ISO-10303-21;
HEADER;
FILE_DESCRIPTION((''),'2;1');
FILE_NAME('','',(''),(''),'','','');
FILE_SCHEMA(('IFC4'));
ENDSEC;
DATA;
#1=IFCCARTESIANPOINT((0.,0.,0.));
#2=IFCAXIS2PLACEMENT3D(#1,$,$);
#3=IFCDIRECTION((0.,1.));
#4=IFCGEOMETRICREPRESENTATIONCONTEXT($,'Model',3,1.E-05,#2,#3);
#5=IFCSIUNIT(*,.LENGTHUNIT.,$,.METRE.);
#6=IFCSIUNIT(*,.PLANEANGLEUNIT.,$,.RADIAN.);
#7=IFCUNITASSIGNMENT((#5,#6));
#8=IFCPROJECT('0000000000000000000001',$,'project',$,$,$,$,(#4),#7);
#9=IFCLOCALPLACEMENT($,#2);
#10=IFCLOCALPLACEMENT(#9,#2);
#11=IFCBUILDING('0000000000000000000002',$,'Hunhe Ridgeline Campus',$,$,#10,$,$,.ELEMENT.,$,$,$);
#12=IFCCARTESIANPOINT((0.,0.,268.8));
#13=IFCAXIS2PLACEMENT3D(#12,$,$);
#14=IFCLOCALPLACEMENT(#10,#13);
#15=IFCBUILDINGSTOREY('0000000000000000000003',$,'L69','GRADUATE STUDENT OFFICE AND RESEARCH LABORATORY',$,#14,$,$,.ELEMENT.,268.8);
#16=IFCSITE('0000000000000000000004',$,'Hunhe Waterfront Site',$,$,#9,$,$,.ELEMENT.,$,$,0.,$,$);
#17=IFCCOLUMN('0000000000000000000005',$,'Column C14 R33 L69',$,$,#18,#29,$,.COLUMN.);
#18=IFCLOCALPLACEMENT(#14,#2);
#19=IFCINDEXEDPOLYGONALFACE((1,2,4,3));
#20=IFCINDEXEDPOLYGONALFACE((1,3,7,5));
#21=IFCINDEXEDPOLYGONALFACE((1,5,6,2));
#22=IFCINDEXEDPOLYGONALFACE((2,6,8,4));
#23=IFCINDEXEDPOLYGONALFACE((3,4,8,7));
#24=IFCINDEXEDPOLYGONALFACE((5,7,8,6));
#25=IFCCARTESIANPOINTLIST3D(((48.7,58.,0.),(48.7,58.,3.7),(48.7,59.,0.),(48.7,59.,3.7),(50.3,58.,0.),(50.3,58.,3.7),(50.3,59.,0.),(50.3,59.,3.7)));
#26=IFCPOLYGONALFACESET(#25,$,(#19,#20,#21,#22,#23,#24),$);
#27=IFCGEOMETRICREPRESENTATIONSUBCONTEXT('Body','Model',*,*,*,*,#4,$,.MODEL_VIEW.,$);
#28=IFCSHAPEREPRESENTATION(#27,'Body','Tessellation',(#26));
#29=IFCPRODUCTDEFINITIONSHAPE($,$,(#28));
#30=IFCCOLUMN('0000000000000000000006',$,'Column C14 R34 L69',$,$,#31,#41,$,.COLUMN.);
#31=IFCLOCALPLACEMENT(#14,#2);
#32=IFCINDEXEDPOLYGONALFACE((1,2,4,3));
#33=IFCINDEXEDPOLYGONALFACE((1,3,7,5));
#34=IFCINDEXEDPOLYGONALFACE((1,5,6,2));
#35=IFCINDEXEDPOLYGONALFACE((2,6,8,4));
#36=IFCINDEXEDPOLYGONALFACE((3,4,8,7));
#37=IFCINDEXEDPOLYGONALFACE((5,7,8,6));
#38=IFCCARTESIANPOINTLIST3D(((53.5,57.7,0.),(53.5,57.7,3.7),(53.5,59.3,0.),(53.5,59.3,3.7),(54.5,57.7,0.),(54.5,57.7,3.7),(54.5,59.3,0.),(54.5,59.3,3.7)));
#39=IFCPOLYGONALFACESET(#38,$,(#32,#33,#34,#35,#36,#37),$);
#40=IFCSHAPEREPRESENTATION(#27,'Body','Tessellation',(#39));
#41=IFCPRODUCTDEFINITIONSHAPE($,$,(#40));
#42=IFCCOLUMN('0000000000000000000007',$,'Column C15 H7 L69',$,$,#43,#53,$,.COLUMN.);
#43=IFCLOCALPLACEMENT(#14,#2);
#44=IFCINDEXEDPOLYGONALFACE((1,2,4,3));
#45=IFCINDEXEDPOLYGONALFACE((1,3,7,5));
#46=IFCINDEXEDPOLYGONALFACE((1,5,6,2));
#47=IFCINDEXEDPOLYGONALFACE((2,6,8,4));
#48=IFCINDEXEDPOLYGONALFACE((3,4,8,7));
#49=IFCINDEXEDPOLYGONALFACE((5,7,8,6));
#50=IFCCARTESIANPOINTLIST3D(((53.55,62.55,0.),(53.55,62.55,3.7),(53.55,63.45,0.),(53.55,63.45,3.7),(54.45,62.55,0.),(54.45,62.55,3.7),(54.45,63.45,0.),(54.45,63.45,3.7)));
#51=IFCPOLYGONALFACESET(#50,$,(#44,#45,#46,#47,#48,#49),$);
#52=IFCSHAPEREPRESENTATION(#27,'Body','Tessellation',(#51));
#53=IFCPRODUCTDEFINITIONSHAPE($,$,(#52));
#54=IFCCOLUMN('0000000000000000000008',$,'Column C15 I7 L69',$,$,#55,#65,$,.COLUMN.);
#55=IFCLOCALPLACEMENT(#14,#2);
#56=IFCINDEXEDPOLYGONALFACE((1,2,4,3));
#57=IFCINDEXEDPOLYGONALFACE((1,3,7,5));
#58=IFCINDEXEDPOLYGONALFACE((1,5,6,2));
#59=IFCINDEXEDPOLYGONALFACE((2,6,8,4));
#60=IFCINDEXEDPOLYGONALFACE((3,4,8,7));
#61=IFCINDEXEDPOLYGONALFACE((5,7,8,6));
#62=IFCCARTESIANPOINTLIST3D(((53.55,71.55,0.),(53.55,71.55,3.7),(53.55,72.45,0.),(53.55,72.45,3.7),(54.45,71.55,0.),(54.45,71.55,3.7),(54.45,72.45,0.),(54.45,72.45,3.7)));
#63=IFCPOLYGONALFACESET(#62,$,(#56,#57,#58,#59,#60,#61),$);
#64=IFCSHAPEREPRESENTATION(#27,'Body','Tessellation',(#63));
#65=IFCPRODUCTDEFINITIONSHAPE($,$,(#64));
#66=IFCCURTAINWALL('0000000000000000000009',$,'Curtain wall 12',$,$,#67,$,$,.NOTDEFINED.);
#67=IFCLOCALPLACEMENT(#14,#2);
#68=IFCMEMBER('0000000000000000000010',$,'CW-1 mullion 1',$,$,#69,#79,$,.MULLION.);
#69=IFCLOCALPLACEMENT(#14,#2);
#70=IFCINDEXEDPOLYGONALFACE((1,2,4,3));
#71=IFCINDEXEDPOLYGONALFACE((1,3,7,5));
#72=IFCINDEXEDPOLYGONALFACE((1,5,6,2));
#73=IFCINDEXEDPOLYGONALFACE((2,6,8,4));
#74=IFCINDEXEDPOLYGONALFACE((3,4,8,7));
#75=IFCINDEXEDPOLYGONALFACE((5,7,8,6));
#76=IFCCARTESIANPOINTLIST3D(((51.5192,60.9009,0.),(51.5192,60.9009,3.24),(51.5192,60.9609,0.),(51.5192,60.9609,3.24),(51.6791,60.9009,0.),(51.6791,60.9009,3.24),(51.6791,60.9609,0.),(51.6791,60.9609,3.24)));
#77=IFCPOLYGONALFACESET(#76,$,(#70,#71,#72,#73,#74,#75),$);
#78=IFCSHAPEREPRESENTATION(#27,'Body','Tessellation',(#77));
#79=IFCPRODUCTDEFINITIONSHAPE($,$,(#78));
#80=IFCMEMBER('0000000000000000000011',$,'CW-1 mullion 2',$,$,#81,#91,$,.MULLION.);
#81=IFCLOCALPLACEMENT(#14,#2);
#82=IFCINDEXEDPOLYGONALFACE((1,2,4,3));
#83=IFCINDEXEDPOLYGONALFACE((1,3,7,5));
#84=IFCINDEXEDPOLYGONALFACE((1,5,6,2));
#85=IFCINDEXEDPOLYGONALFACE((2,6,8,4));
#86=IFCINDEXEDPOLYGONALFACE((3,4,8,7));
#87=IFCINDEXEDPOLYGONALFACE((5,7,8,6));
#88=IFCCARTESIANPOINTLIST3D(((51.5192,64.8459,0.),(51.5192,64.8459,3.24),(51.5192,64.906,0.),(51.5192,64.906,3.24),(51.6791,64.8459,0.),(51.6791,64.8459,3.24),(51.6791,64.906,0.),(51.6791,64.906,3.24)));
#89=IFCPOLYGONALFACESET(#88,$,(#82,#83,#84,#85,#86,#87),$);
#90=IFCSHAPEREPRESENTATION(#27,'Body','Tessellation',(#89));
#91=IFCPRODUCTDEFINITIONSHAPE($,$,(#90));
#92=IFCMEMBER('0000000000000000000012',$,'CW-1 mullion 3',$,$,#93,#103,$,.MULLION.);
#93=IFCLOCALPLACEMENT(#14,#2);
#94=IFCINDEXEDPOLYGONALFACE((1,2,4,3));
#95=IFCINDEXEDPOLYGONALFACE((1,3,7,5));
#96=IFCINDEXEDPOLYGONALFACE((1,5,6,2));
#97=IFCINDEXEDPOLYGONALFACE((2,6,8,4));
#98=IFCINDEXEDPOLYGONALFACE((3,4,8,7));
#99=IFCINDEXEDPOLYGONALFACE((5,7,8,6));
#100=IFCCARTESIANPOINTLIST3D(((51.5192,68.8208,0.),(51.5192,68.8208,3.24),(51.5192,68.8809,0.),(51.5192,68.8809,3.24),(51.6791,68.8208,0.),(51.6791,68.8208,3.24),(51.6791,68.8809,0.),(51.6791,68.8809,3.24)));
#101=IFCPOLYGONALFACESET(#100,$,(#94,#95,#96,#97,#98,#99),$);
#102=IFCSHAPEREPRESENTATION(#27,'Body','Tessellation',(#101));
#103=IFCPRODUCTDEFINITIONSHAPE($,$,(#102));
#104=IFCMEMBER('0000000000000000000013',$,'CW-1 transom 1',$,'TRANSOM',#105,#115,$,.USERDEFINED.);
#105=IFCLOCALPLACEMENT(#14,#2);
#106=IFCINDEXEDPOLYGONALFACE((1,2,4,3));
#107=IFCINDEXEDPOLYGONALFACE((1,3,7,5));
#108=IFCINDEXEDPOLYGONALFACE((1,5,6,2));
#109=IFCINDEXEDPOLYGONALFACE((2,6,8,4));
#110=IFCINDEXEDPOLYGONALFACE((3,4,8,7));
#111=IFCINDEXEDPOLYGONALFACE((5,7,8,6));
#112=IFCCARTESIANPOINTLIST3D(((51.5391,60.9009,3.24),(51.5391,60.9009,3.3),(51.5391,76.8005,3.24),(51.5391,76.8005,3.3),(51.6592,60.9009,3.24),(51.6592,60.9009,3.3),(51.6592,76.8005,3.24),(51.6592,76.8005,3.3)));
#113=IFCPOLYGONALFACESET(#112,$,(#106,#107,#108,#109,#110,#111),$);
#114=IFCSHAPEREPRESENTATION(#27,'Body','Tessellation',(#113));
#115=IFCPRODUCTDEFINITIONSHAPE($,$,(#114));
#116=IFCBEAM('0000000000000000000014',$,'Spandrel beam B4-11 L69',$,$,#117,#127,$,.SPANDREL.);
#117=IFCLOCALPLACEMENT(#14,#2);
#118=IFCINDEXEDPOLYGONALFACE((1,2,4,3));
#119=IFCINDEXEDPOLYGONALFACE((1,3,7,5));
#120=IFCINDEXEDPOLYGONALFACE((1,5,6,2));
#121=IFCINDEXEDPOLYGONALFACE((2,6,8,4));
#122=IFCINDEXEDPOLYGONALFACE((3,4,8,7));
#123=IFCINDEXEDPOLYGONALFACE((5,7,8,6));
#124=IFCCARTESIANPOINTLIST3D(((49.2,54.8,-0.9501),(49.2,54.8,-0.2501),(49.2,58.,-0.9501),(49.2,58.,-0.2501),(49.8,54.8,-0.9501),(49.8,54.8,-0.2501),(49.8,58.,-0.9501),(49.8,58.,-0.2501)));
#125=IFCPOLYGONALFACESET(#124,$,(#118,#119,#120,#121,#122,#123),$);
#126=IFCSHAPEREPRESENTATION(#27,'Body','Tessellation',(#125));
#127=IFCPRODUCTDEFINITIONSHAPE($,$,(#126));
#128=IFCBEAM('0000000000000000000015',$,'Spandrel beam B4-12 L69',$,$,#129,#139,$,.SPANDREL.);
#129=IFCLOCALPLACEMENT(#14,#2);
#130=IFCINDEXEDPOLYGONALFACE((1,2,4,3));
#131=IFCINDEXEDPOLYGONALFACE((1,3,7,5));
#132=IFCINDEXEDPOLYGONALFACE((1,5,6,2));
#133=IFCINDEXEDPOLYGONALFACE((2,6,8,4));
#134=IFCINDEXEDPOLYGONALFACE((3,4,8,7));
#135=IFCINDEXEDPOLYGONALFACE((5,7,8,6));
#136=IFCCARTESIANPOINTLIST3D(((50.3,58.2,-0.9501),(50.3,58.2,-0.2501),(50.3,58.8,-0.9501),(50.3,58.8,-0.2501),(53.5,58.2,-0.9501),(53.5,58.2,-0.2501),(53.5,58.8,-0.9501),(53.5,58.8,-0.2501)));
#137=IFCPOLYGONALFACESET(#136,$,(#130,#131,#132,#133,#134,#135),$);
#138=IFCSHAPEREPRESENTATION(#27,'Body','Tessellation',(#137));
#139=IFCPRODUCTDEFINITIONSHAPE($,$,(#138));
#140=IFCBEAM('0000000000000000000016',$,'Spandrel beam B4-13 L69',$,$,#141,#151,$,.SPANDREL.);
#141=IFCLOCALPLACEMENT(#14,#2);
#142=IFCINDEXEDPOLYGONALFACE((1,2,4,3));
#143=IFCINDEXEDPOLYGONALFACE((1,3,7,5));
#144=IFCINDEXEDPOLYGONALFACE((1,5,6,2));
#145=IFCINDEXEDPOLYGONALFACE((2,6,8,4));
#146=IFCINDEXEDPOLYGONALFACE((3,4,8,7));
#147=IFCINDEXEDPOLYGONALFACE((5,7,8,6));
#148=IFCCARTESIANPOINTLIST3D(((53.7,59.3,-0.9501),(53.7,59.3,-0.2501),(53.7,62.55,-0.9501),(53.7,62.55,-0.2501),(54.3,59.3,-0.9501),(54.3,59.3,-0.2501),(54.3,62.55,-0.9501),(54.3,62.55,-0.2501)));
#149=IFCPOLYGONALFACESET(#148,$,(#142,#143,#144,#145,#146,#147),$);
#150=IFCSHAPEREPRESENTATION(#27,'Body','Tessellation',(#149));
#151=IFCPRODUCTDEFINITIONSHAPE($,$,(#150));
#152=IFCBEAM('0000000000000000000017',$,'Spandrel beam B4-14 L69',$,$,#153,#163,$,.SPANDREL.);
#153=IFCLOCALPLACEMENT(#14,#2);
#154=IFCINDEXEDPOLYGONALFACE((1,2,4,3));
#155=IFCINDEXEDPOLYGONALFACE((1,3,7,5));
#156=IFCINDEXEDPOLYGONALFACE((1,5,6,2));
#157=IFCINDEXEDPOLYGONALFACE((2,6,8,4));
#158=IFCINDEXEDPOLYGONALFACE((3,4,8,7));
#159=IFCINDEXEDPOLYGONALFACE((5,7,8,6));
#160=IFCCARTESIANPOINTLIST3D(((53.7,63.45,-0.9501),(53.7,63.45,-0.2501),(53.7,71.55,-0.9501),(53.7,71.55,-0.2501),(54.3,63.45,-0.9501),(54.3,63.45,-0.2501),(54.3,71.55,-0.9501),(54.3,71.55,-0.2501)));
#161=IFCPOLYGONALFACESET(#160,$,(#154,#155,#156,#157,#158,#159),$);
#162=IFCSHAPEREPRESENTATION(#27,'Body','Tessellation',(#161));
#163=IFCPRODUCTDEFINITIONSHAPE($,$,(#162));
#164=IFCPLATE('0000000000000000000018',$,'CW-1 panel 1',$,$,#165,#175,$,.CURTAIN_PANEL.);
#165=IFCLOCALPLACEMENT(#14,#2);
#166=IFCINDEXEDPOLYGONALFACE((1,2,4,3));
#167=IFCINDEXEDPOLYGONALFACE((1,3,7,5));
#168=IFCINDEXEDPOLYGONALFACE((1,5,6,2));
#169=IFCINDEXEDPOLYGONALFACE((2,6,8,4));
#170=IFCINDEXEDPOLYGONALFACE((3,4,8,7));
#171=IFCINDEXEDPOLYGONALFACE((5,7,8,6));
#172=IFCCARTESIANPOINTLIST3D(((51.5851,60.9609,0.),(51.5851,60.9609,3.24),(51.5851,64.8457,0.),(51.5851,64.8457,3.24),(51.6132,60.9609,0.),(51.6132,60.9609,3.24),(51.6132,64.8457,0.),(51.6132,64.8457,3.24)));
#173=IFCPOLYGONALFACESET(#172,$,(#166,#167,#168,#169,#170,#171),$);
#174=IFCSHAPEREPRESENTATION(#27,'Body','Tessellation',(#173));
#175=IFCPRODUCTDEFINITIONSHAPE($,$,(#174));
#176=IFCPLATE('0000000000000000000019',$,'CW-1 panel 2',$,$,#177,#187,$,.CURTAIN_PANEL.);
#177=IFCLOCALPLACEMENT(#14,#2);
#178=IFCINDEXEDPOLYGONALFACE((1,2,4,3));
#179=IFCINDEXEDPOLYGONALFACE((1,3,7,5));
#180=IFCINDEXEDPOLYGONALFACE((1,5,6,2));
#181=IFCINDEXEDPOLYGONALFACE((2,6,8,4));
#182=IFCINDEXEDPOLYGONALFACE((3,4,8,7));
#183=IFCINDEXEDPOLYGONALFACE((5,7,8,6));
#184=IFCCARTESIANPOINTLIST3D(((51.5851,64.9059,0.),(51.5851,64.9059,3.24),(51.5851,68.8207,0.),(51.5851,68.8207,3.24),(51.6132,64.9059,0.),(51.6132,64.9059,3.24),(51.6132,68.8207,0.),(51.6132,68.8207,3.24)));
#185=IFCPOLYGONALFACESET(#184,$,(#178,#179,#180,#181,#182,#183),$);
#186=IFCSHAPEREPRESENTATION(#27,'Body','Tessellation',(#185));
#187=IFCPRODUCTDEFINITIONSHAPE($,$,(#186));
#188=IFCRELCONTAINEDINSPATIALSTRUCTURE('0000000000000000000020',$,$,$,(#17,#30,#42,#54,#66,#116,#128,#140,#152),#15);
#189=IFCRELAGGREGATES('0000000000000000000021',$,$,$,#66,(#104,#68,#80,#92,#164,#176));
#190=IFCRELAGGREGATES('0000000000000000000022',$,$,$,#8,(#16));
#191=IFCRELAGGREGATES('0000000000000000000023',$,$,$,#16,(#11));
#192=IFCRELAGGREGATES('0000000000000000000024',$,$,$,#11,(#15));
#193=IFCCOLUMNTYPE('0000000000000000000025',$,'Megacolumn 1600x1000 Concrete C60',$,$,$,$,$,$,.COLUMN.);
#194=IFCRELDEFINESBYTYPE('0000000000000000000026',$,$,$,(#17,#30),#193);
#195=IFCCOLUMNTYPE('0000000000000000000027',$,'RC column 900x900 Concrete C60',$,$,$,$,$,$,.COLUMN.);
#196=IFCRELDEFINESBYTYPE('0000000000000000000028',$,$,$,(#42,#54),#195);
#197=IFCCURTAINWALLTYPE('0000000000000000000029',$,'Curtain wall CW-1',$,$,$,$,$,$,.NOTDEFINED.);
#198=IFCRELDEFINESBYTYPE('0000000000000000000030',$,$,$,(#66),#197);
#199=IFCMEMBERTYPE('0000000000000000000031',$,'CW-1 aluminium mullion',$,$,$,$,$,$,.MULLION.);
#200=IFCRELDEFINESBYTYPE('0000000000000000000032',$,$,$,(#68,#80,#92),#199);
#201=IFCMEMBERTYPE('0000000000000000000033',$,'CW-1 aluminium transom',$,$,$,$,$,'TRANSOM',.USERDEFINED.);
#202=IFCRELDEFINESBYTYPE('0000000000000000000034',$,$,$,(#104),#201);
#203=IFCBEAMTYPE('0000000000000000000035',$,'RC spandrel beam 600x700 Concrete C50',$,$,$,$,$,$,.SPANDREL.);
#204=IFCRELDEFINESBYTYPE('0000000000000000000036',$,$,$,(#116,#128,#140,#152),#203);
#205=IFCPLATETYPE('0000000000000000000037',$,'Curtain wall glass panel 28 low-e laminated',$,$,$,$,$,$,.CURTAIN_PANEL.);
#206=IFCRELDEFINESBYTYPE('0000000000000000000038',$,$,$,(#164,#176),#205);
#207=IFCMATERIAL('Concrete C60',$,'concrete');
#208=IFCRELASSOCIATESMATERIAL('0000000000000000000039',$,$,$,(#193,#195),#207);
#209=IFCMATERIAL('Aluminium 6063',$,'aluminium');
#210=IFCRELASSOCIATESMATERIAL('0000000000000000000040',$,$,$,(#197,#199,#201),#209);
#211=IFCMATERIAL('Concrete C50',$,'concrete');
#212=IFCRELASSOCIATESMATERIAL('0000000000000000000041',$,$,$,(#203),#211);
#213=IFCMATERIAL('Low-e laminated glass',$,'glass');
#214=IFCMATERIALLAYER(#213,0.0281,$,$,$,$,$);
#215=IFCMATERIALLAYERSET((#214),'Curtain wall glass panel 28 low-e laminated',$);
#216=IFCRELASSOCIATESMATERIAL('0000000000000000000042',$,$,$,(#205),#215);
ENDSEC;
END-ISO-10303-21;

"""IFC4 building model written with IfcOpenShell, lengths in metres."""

from ifc_helpers import new_model, si_unit, direction, frame, origin, origin_2d, place, context, subcontext, project, spatial, rectangle, extrude, material, layer, layer_set, material_profile, profile_set, type_object, element, aggregate, save


model = new_model("IFC4")

# Units and contexts
model_context = context("Model", 3, precision=1e-05, world=origin(), true_north=direction((0.0, 1.0)))
body_context = subcontext(model_context, "Body", "Model", "MODEL_VIEW")
ifc_project = project(units=[si_unit("LENGTHUNIT", "METRE"), si_unit("PLANEANGLEUNIT", "RADIAN")], contexts=[model_context])

# Site, building, storey
site_placement = place(None, origin())
site = spatial("IfcSite", under=ifc_project, at=site_placement, Name="Hunhe Waterfront Site", CompositionType="ELEMENT", RefElevation=0.0)
building_placement = place(site_placement, origin())
building = spatial("IfcBuilding", under=site, at=building_placement, Name="Hunhe Ridgeline Campus", CompositionType="ELEMENT")
storey_placement = place(building_placement, frame((0.0, 0.0, 268.8)))
storey = spatial("IfcBuildingStorey", under=building, at=storey_placement, Name="L69", Description="GRADUATE STUDENT OFFICE AND RESEARCH LABORATORY", CompositionType="ELEMENT", Elevation=268.8)

# Columns
ifc_material_1 = material(Name="Concrete C60", Category="concrete")
ifc_material_profile_1 = material_profile(ifc_material_1, rectangle(XDim=1.6001, YDim=1.0, at=origin_2d()))
ifc_profile_set_1 = profile_set([ifc_material_profile_1], Name="Concrete C60")
column_type_1 = type_object("IfcColumnType", Name="Megacolumn 1600x1000 Concrete C60", PredefinedType="COLUMN", material=ifc_profile_set_1)
for number, where, z_axis, x_axis, name in (
    (1, (49.5, 58.5, 0.0), (0.0, 0.0, 1.0), (1.0, 0.0, 0.0), "Column C14 R33 L69"),
    (2, (54.0, 58.5, 0.0), (0.0, 0.0, 1.0), (0.0, 1.0, 0.0), "Column C14 R34 L69"),
):
    element("IfcColumn", number, at=place(storey_placement, frame(where, z_axis=z_axis, x_axis=x_axis)), inside=storey, type_object=column_type_1, Name=name, PredefinedType="COLUMN", context=body_context, shape_type="SweptSolid", body=[
        extrude(rectangle(XDim=1.6001, YDim=1.0, at=origin_2d()), origin(), (0.0, 0.0, 1.0), 3.7),
    ])
ifc_material_profile_2 = material_profile(ifc_material_1, rectangle(XDim=0.8999, YDim=0.8999, at=origin_2d()))
ifc_profile_set_2 = profile_set([ifc_material_profile_2], Name="Concrete C60")
column_type_2 = type_object("IfcColumnType", Name="RC column 900x900 Concrete C60", PredefinedType="COLUMN", material=ifc_profile_set_2)
for number, where, z_axis, x_axis, name in (
    (3, (54.0, 63.0, 0.0), (0.0, 0.0, 1.0), (1.0, 0.0, 0.0), "Column C15 H7 L69"),
    (4, (54.0, 72.0, 0.0), (0.0, 0.0, 1.0), (1.0, 0.0, 0.0), "Column C15 I7 L69"),
):
    element("IfcColumn", number, at=place(storey_placement, frame(where, z_axis=z_axis, x_axis=x_axis)), inside=storey, type_object=column_type_2, Name=name, PredefinedType="COLUMN", context=body_context, shape_type="SweptSolid", body=[
        extrude(rectangle(XDim=0.8999, YDim=0.8999, at=origin_2d()), origin(), (0.0, 0.0, 1.0), 3.7),
    ])

# Curtain wall, members
ifc_material_2 = material(Name="Aluminium 6063", Category="aluminium")
curtain_wall_type = type_object("IfcCurtainWallType", Name="Curtain wall CW-1", PredefinedType="NOTDEFINED", material=ifc_material_2)
curtain_wall_placement = place(storey_placement, origin())
curtain_wall = element("IfcCurtainWall", 5, at=curtain_wall_placement, inside=storey, type_object=curtain_wall_type, Name="Curtain wall 12", PredefinedType="NOTDEFINED")
ifc_material_profile_3 = material_profile(ifc_material_2, rectangle(XDim=0.1599, YDim=0.0601, at=origin_2d()))
ifc_profile_set_3 = profile_set([ifc_material_profile_3], Name="Aluminium 6063")
member_type_1 = type_object("IfcMemberType", Name="CW-1 aluminium mullion", PredefinedType="MULLION", material=ifc_profile_set_3)
member_1_placement = place(storey_placement, frame((51.5991, 60.9309, 0.0), z_axis=(0.0, 0.0, 1.0), x_axis=(-1.0, 0.0, 0.0)))
member_1 = element("IfcMember", 6, at=member_1_placement, type_object=member_type_1, Name="CW-1 mullion 1", PredefinedType="MULLION", context=body_context, shape_type="SweptSolid", body=[
    extrude(rectangle(XDim=0.1599, YDim=0.0601, at=origin_2d()), origin(), (0.0, 0.0, 1.0), 3.24),
])
member_2_placement = place(storey_placement, frame((51.5991, 64.876, 0.0), z_axis=(0.0, 0.0, 1.0), x_axis=(-1.0, 0.0, 0.0)))
member_2 = element("IfcMember", 7, at=member_2_placement, type_object=member_type_1, Name="CW-1 mullion 2", PredefinedType="MULLION", context=body_context, shape_type="SweptSolid", body=[
    extrude(rectangle(XDim=0.1599, YDim=0.0601, at=origin_2d()), origin(), (0.0, 0.0, 1.0), 3.24),
])
member_3_placement = place(storey_placement, frame((51.5991, 68.8508, 0.0), z_axis=(0.0, 0.0, 1.0), x_axis=(-1.0, 0.0, 0.0)))
member_3 = element("IfcMember", 8, at=member_3_placement, type_object=member_type_1, Name="CW-1 mullion 3", PredefinedType="MULLION", context=body_context, shape_type="SweptSolid", body=[
    extrude(rectangle(XDim=0.1599, YDim=0.0601, at=origin_2d()), origin(), (0.0, 0.0, 1.0), 3.24),
])
ifc_material_profile_4 = material_profile(ifc_material_2, rectangle(XDim=0.1201, YDim=0.0601, at=origin_2d()))
ifc_profile_set_4 = profile_set([ifc_material_profile_4], Name="Aluminium 6063")
member_type_2 = type_object("IfcMemberType", Name="CW-1 aluminium transom", ElementType="TRANSOM", PredefinedType="USERDEFINED", material=ifc_profile_set_4)
member_4_placement = place(storey_placement, frame((51.5991, 60.9009, 3.27), z_axis=(0.0, 1.0, 0.0), x_axis=(-1.0, 0.0, 0.0)))
member_4 = element("IfcMember", 9, at=member_4_placement, type_object=member_type_2, Name="CW-1 transom 1", ObjectType="TRANSOM", PredefinedType="USERDEFINED", context=body_context, shape_type="SweptSolid", body=[
    extrude(rectangle(XDim=0.1201, YDim=0.0601, at=origin_2d()), origin(), (0.0, 0.0, 1.0), 15.8997),
])

# Beams
ifc_material_3 = material(Name="Concrete C50", Category="concrete")
ifc_material_profile_5 = material_profile(ifc_material_3, rectangle(XDim=0.6001, YDim=0.7, at=origin_2d()))
ifc_profile_set_5 = profile_set([ifc_material_profile_5], Name="Concrete C50")
beam_type = type_object("IfcBeamType", Name="RC spandrel beam 600x700 Concrete C50", PredefinedType="SPANDREL", material=ifc_profile_set_5)
for number, where, z_axis, x_axis, name in (
    (10, (49.5, 54.8, -0.6001), (0.0, 1.0, 0.0), (-1.0, 0.0, 0.0), "Spandrel beam B4-11 L69"),
    (11, (50.3, 58.5, -0.6001), (1.0, 0.0, 0.0), (0.0, 1.0, 0.0), "Spandrel beam B4-12 L69"),
):
    element("IfcBeam", number, at=place(storey_placement, frame(where, z_axis=z_axis, x_axis=x_axis)), inside=storey, type_object=beam_type, Name=name, PredefinedType="SPANDREL", context=body_context, shape_type="SweptSolid", body=[
        extrude(rectangle(XDim=0.6001, YDim=0.7, at=origin_2d()), origin(), (0.0, 0.0, 1.0), 3.2),
    ])
beam_1_placement = place(storey_placement, frame((54.0, 59.3, -0.6001), z_axis=(0.0, 1.0, 0.0), x_axis=(-1.0, 0.0, 0.0)))
element("IfcBeam", 12, at=beam_1_placement, inside=storey, type_object=beam_type, Name="Spandrel beam B4-13 L69", PredefinedType="SPANDREL", context=body_context, shape_type="SweptSolid", body=[
    extrude(rectangle(XDim=0.6001, YDim=0.7, at=origin_2d()), origin(), (0.0, 0.0, 1.0), 3.25),
])
beam_2_placement = place(storey_placement, frame((54.0, 63.45, -0.6001), z_axis=(0.0, 1.0, 0.0), x_axis=(-1.0, 0.0, 0.0)))
element("IfcBeam", 13, at=beam_2_placement, inside=storey, type_object=beam_type, Name="Spandrel beam B4-14 L69", PredefinedType="SPANDREL", context=body_context, shape_type="SweptSolid", body=[
    extrude(rectangle(XDim=0.6001, YDim=0.7, at=origin_2d()), origin(), (0.0, 0.0, 1.0), 8.1001),
])

# Plates
ifc_material_4 = material(Name="Low-e laminated glass", Category="glass")
ifc_layer_1 = layer(ifc_material_4, 0.0281)
ifc_layer_set_1 = layer_set([ifc_layer_1], Name="Curtain wall glass panel 28 low-e laminated")
plate_type = type_object("IfcPlateType", Name="Curtain wall glass panel 28 low-e laminated", PredefinedType="CURTAIN_PANEL", material=ifc_layer_set_1)
plate_1_placement = place(storey_placement, frame((51.5991, 62.9033, 0.0), z_axis=(0.0, 0.0, 1.0), x_axis=(0.0, 1.0, 0.0)))
plate_1 = element("IfcPlate", 14, at=plate_1_placement, type_object=plate_type, Name="CW-1 panel 1", PredefinedType="CURTAIN_PANEL", context=body_context, shape_type="SweptSolid", body=[
    extrude(rectangle(XDim=3.8848, YDim=0.0281, at=origin_2d()), origin(), (0.0, 0.0, 1.0), 3.24),
])
plate_2_placement = place(storey_placement, frame((51.5991, 66.8633, 0.0), z_axis=(0.0, 0.0, 1.0), x_axis=(0.0, 1.0, 0.0)))
plate_2 = element("IfcPlate", 15, at=plate_2_placement, type_object=plate_type, Name="CW-1 panel 2", PredefinedType="CURTAIN_PANEL", context=body_context, shape_type="SweptSolid", body=[
    extrude(rectangle(XDim=3.9148, YDim=0.0281, at=origin_2d()), origin(), (0.0, 0.0, 1.0), 3.24),
])
aggregate(curtain_wall, [member_4, member_1, member_2, member_3, plate_1, plate_2])

save(model, "model.ifc")
